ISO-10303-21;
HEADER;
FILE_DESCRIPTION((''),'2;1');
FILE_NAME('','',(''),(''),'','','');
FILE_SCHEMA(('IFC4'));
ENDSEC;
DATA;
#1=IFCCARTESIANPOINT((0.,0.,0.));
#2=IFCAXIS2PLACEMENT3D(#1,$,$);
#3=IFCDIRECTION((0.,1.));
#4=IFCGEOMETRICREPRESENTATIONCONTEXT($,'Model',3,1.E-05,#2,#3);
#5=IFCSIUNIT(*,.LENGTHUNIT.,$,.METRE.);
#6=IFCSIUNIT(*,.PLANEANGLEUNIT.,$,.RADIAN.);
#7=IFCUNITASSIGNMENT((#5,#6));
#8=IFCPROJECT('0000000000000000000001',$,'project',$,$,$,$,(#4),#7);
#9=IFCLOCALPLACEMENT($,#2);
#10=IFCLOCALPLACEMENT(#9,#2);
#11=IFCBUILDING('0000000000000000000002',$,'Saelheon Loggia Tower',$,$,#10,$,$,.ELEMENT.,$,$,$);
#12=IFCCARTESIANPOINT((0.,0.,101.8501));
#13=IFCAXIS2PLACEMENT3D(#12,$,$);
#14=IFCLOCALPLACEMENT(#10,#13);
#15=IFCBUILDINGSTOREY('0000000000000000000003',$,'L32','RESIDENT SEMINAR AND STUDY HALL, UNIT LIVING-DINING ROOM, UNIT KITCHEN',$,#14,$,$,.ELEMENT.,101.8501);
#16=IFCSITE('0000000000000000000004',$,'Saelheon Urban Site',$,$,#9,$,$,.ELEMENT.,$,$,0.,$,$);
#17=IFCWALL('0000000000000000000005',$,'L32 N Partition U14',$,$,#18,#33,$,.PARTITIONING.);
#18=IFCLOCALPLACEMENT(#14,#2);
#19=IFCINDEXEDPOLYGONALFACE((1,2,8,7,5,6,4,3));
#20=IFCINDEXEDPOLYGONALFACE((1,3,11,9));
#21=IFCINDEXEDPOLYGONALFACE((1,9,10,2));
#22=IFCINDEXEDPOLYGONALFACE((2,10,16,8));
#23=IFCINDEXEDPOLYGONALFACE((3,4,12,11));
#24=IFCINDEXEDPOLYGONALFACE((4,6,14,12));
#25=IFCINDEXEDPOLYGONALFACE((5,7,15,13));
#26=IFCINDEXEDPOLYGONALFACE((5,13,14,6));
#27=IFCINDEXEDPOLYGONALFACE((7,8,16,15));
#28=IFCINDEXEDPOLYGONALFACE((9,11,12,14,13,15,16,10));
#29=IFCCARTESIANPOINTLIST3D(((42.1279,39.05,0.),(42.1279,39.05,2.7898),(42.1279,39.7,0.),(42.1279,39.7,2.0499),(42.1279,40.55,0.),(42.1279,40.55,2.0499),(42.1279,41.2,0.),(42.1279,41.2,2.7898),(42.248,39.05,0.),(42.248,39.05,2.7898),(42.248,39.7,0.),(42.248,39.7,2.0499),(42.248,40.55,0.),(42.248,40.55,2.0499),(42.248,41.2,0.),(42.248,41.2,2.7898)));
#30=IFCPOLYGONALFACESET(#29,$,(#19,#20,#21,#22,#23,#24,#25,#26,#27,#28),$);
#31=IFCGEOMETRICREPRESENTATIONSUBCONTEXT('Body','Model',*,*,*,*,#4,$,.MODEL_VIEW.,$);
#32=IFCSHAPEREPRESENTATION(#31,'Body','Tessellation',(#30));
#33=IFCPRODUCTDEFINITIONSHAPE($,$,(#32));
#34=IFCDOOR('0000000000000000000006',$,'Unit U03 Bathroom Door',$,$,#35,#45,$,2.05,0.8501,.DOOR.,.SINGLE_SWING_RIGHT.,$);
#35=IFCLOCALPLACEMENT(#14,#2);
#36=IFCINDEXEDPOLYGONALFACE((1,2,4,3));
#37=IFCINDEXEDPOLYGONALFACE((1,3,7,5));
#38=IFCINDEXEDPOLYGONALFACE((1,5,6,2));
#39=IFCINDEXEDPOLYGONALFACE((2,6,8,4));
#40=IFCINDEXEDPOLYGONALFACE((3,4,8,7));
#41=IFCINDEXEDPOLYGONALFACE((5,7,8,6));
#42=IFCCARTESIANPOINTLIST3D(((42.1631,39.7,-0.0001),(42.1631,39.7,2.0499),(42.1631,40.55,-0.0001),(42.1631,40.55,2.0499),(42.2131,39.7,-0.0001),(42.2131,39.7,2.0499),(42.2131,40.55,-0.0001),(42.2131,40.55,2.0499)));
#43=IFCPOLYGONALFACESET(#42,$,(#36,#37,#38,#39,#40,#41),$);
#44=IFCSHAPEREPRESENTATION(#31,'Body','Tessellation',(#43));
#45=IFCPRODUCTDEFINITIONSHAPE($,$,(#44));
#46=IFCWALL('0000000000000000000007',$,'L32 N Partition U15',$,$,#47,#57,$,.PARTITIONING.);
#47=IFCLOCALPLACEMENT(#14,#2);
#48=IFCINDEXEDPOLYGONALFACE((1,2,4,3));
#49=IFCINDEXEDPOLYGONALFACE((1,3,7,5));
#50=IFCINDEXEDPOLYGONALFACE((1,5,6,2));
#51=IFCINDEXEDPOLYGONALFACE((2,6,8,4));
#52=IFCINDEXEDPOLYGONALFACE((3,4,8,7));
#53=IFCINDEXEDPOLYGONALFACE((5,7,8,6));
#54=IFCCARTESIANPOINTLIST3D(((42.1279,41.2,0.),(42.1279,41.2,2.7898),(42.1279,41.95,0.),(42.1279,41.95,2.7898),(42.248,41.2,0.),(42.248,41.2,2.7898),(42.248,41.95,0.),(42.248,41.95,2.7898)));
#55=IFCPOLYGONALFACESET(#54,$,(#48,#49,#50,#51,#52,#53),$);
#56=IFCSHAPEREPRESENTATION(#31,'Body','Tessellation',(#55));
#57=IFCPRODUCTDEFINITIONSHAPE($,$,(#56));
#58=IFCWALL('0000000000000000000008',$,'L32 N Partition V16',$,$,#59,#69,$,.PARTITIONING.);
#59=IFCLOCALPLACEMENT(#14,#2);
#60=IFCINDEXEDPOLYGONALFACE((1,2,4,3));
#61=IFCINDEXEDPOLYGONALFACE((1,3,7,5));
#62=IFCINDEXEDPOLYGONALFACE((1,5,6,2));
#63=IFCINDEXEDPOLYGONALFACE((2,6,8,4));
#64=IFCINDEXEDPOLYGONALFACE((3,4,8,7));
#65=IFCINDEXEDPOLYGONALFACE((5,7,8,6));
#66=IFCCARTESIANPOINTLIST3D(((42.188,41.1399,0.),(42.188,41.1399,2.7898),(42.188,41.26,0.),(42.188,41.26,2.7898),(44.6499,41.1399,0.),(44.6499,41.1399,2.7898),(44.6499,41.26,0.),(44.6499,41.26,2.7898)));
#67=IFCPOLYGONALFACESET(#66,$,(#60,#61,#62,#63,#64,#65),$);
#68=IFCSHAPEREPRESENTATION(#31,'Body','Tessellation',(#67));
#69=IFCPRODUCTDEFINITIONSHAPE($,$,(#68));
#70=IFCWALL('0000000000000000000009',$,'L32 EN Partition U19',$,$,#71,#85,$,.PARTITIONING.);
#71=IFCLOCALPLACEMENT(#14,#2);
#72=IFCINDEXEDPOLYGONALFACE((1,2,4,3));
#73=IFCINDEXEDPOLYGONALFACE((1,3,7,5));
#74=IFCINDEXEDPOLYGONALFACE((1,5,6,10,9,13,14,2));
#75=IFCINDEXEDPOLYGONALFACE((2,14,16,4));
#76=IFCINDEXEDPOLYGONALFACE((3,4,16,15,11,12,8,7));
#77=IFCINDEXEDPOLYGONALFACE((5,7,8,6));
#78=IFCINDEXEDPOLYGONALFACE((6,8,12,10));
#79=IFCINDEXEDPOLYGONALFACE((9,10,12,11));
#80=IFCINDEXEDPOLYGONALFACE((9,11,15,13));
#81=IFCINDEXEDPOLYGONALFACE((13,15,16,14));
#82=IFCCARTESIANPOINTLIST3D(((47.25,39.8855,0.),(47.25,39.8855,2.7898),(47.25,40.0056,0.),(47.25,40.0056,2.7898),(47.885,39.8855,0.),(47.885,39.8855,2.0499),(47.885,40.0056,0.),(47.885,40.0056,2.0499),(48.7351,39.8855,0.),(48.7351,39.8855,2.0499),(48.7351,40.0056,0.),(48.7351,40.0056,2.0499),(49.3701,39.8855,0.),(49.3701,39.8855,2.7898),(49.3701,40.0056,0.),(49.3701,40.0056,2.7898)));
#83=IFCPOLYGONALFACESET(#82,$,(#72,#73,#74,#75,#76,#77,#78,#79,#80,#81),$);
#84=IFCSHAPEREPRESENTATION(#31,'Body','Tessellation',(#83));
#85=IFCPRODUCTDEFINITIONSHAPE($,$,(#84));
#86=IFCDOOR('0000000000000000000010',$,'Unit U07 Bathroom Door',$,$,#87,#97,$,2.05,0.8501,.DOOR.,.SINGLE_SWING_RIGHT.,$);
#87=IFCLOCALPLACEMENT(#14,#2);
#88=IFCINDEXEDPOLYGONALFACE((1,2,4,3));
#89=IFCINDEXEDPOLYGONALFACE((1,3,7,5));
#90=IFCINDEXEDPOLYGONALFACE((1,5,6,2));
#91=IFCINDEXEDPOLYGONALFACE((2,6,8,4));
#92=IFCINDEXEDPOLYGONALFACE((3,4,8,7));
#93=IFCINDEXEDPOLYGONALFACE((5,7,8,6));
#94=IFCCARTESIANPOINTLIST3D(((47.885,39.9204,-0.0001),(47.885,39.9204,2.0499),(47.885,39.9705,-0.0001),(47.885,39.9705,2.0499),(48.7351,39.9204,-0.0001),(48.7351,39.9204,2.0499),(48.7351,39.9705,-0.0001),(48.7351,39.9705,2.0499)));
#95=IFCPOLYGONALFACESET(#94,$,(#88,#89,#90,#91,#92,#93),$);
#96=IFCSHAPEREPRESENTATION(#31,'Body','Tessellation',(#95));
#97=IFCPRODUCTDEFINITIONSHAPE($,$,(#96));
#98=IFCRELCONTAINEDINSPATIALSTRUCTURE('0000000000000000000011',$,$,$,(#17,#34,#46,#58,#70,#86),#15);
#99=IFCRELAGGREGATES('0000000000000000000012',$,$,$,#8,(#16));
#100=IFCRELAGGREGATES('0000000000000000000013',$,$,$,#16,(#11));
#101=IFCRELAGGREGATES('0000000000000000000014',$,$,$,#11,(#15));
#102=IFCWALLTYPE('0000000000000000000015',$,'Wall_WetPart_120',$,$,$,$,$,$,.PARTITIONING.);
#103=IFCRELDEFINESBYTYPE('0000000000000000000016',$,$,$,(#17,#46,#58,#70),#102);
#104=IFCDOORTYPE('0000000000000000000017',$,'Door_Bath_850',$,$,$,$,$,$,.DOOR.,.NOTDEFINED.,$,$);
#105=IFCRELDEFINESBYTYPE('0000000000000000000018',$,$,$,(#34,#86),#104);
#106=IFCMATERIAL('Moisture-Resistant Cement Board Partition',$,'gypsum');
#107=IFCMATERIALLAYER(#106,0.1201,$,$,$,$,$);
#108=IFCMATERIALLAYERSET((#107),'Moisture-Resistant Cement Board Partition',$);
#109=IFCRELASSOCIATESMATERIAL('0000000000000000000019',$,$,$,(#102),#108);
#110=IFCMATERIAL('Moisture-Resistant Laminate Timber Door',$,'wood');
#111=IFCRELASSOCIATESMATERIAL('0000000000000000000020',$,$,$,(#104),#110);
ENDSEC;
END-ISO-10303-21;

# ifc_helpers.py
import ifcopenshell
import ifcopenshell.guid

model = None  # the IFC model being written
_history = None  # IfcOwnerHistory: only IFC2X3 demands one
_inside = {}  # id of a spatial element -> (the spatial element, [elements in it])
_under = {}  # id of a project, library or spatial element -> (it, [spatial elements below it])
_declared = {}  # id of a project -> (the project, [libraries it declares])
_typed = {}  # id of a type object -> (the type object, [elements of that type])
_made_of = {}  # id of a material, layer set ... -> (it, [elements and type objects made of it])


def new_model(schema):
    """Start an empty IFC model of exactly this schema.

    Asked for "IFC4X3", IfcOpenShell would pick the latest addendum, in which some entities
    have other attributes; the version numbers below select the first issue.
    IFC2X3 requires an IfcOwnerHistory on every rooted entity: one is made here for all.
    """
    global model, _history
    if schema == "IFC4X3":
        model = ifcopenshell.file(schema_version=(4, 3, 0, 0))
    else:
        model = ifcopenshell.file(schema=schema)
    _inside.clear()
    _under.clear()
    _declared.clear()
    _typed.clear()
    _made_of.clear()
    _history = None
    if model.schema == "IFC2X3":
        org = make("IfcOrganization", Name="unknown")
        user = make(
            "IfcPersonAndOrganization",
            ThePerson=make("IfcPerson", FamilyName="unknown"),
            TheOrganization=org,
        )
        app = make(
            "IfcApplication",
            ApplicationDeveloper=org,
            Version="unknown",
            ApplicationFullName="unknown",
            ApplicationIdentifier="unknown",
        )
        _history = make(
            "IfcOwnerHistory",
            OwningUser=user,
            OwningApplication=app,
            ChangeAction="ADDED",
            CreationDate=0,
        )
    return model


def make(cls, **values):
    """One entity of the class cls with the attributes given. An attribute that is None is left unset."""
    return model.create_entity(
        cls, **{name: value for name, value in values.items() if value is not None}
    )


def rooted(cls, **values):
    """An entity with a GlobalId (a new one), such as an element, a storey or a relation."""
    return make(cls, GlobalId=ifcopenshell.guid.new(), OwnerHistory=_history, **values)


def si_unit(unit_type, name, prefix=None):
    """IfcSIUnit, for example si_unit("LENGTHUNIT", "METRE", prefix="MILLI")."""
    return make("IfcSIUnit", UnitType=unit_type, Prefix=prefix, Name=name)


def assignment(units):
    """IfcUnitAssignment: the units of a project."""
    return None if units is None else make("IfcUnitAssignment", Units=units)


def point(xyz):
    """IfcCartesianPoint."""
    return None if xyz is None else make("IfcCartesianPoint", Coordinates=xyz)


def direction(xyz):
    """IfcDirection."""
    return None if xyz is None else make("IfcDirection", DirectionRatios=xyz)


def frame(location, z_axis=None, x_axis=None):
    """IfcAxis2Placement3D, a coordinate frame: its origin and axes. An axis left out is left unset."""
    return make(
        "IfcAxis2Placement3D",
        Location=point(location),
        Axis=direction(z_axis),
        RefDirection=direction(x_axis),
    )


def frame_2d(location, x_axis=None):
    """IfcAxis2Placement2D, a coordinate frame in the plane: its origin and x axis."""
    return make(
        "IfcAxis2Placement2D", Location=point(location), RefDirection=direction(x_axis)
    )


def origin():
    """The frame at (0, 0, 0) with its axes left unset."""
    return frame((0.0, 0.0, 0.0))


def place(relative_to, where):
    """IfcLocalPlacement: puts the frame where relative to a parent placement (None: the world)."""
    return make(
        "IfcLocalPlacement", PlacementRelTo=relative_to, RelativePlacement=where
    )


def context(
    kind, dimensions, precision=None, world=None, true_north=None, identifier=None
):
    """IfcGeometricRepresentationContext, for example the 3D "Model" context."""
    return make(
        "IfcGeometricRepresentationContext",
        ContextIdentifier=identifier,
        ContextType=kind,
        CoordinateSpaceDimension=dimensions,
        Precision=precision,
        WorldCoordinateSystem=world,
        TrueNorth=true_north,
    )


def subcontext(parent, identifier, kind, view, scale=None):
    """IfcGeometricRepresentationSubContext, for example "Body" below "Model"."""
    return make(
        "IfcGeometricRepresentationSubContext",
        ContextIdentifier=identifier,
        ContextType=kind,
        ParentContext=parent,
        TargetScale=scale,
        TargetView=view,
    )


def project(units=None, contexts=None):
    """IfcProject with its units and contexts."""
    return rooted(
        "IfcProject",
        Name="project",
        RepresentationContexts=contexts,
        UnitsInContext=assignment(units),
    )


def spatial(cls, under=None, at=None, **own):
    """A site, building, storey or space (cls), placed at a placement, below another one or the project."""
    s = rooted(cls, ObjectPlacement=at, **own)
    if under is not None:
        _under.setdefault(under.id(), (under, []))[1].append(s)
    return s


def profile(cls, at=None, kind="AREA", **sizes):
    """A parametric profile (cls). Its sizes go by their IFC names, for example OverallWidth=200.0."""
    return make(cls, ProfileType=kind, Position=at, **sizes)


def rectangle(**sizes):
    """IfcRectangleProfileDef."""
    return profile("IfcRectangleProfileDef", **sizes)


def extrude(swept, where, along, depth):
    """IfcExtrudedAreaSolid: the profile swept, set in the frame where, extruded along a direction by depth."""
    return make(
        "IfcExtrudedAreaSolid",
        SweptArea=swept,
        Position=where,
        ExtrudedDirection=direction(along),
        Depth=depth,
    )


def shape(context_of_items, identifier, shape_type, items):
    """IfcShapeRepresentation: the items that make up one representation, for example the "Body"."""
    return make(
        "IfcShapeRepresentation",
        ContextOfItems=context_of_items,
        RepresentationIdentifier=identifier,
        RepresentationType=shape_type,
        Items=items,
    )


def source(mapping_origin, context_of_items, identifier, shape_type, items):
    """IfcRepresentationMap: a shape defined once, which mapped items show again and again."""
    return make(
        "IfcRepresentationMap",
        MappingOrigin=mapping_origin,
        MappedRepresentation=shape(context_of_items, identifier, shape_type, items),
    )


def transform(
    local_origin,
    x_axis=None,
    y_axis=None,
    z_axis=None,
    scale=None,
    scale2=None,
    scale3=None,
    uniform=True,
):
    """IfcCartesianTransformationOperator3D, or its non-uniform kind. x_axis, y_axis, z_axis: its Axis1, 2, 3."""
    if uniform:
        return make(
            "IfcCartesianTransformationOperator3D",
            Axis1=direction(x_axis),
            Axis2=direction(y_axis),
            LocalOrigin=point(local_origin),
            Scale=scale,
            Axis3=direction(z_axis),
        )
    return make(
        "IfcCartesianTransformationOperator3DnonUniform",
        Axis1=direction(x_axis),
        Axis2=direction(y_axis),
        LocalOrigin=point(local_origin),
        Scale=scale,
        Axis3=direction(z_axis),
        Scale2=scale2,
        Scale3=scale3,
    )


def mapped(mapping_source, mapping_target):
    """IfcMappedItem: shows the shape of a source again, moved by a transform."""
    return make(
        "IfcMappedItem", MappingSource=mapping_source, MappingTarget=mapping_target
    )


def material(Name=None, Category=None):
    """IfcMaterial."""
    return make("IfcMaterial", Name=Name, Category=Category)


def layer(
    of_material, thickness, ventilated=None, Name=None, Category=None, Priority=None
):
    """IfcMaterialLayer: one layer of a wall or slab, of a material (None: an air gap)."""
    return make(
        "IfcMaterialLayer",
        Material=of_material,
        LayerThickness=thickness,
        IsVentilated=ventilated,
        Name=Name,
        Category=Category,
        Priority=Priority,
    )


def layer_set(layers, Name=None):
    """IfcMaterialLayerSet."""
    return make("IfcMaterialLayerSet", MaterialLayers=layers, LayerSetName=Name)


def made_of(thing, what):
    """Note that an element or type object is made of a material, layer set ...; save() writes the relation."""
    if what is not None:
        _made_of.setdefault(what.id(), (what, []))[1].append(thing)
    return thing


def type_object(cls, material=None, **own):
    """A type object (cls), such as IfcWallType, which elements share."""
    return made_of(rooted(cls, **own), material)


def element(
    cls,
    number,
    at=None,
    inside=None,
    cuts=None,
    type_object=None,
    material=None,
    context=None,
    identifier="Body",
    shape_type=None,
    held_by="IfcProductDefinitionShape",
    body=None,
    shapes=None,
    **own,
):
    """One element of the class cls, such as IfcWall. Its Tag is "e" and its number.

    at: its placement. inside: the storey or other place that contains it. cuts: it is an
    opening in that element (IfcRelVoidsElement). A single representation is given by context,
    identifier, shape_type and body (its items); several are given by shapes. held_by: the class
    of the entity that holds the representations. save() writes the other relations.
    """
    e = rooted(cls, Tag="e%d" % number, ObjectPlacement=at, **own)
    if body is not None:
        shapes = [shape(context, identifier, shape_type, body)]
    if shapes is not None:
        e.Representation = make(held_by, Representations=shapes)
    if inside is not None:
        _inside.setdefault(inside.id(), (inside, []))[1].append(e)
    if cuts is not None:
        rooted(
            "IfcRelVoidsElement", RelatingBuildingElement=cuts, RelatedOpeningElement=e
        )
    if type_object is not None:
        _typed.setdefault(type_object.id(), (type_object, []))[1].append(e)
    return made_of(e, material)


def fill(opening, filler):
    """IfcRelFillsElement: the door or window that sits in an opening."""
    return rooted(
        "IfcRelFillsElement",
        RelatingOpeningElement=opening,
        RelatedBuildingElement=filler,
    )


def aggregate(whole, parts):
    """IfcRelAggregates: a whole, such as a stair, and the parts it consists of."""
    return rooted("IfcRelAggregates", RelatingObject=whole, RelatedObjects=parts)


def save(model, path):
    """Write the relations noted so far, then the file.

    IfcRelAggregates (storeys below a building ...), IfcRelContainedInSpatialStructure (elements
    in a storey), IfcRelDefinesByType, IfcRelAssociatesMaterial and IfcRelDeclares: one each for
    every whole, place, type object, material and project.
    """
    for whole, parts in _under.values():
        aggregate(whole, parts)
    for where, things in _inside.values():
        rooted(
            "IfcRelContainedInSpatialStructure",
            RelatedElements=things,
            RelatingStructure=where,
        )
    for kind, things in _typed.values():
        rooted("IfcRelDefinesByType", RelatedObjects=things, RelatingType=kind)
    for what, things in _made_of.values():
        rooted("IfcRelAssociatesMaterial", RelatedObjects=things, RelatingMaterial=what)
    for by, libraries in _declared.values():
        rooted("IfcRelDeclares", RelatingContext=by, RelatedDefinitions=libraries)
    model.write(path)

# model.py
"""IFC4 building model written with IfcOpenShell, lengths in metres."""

from ifc_helpers import new_model, si_unit, direction, frame, frame_2d, origin, place, context, subcontext, project, spatial, rectangle, extrude, source, transform, mapped, material, layer, layer_set, type_object, element, fill, save


model = new_model("IFC4")

# Units and contexts
model_context = context("Model", 3, precision=1e-05, world=origin(), true_north=direction((0.0, 1.0)))
body_context = subcontext(model_context, "Body", "Model", "MODEL_VIEW")
ifc_project = project(units=[si_unit("LENGTHUNIT", "METRE"), si_unit("PLANEANGLEUNIT", "RADIAN")], contexts=[model_context])

# Site, building, storey
site_placement = place(None, origin())
site = spatial("IfcSite", under=ifc_project, at=site_placement, Name="Saelheon Urban Site", CompositionType="ELEMENT", RefElevation=0.0)
building_placement = place(site_placement, origin())
building = spatial("IfcBuilding", under=site, at=building_placement, Name="Saelheon Loggia Tower", CompositionType="ELEMENT")
storey_placement = place(building_placement, frame((0.0, 0.0, 101.8501)))
storey = spatial("IfcBuildingStorey", under=building, at=storey_placement, Name="L32", Description="RESIDENT SEMINAR AND STUDY HALL, UNIT LIVING-DINING ROOM, UNIT KITCHEN", CompositionType="ELEMENT", Elevation=101.8501)

# Wall, opening, door
ifc_material_1 = material(Name="Moisture-Resistant Cement Board Partition", Category="gypsum")
ifc_layer_1 = layer(ifc_material_1, 0.1201)
ifc_layer_set_1 = layer_set([ifc_layer_1], Name="Moisture-Resistant Cement Board Partition")
wall_type_1 = type_object("IfcWallType", Name="Wall_WetPart_120", PredefinedType="PARTITIONING", material=ifc_layer_set_1)
wall_1_placement = place(storey_placement, frame((42.188, 39.05, 0.0), z_axis=(0.0, 0.0, 1.0), x_axis=(0.0, 1.0, 0.0)))
wall_1 = element("IfcWall", 1, at=wall_1_placement, inside=storey, type_object=wall_type_1, Name="L32 N Partition U14", PredefinedType="PARTITIONING", context=body_context, shape_type="SweptSolid", body=[
    extrude(rectangle(XDim=2.1499, YDim=0.1201, at=frame_2d((1.075, 0.0))), origin(), (0.0, 0.0, 1.0), 2.7898),
])
opening_1_placement = place(wall_1_placement, frame((0.6499, 0.0, 0.0)))
opening_1 = element("IfcOpeningElement", 2, at=opening_1_placement, cuts=wall_1, PredefinedType="OPENING", context=body_context, shape_type="SweptSolid", body=[
    extrude(rectangle(XDim=0.8501, YDim=2.05, at=frame_2d((0.425, 1.0249))), frame((0.0, 0.072, 0.0), z_axis=(0.0, -1.0, 0.0), x_axis=(1.0, 0.0, 0.0)), (0.0, 0.0, 1.0), 0.144),
])
ifc_material_2 = material(Name="Moisture-Resistant Laminate Timber Door", Category="wood")
door_type_1 = type_object("IfcDoorType", Name="Door_Bath_850", OperationType="NOTDEFINED", PredefinedType="DOOR", material=ifc_material_2)
shared_shape_1 = source(origin(), body_context, "Body", "SweptSolid", [
    extrude(rectangle(XDim=0.8501, YDim=2.05, at=frame_2d((0.425, 1.0249))), frame((0.0, 0.0249, 0.0), z_axis=(0.0, -1.0, 0.0), x_axis=(1.0, 0.0, 0.0)), (0.0, 0.0, 1.0), 0.05),
])
door_1_placement = place(opening_1_placement, origin())
door_1 = element("IfcDoor", 3, at=door_1_placement, inside=storey, type_object=door_type_1, Name="Unit U03 Bathroom Door", OperationType="SINGLE_SWING_RIGHT", OverallHeight=2.05, OverallWidth=0.8501, PredefinedType="DOOR", context=body_context, shape_type="MappedRepresentation", body=[
    mapped(shared_shape_1, transform((0.0, 0.0, 0.0), scale=1.0)),
])
fill(opening_1, door_1)

# Walls
wall_2_placement = place(storey_placement, frame((42.188, 41.2, 0.0), z_axis=(0.0, 0.0, 1.0), x_axis=(0.0, 1.0, 0.0)))
element("IfcWall", 4, at=wall_2_placement, inside=storey, type_object=wall_type_1, Name="L32 N Partition U15", PredefinedType="PARTITIONING", context=body_context, shape_type="SweptSolid", body=[
    extrude(rectangle(XDim=0.75, YDim=0.1201, at=frame_2d((0.375, 0.0))), origin(), (0.0, 0.0, 1.0), 2.7898),
])
wall_3_placement = place(storey_placement, frame((42.188, 41.2, 0.0), z_axis=(0.0, 0.0, 1.0), x_axis=(1.0, 0.0, 0.0)))
element("IfcWall", 5, at=wall_3_placement, inside=storey, type_object=wall_type_1, Name="L32 N Partition V16", PredefinedType="PARTITIONING", context=body_context, shape_type="SweptSolid", body=[
    extrude(rectangle(XDim=2.4619, YDim=0.1201, at=frame_2d((1.231, 0.0))), origin(), (0.0, 0.0, 1.0), 2.7898),
])

# Wall, opening, door
wall_4_placement = place(storey_placement, frame((47.25, 39.9456, 0.0), z_axis=(0.0, 0.0, 1.0), x_axis=(1.0, 0.0, 0.0)))
wall_4 = element("IfcWall", 6, at=wall_4_placement, inside=storey, type_object=wall_type_1, Name="L32 EN Partition U19", PredefinedType="PARTITIONING", context=body_context, shape_type="SweptSolid", body=[
    extrude(rectangle(XDim=2.1201, YDim=0.1201, at=frame_2d((1.0601, 0.0))), origin(), (0.0, 0.0, 1.0), 2.7898),
])
opening_2_placement = place(wall_4_placement, frame((0.635, 0.0, 0.0)))
opening_2 = element("IfcOpeningElement", 7, at=opening_2_placement, cuts=wall_4, PredefinedType="OPENING", context=body_context, shape_type="SweptSolid", body=[
    extrude(rectangle(XDim=0.8501, YDim=2.05, at=frame_2d((0.425, 1.0249))), frame((0.0, 0.072, 0.0), z_axis=(0.0, -1.0, 0.0), x_axis=(1.0, 0.0, 0.0)), (0.0, 0.0, 1.0), 0.144),
])
door_2_placement = place(opening_2_placement, origin())
door_2 = element("IfcDoor", 8, at=door_2_placement, inside=storey, type_object=door_type_1, Name="Unit U07 Bathroom Door", OperationType="SINGLE_SWING_RIGHT", OverallHeight=2.05, OverallWidth=0.8501, PredefinedType="DOOR", context=body_context, shape_type="MappedRepresentation", body=[
    mapped(shared_shape_1, transform((0.0, 0.0, 0.0), scale=1.0)),
])
fill(opening_2, door_2)

save(model, "model.ifc")
